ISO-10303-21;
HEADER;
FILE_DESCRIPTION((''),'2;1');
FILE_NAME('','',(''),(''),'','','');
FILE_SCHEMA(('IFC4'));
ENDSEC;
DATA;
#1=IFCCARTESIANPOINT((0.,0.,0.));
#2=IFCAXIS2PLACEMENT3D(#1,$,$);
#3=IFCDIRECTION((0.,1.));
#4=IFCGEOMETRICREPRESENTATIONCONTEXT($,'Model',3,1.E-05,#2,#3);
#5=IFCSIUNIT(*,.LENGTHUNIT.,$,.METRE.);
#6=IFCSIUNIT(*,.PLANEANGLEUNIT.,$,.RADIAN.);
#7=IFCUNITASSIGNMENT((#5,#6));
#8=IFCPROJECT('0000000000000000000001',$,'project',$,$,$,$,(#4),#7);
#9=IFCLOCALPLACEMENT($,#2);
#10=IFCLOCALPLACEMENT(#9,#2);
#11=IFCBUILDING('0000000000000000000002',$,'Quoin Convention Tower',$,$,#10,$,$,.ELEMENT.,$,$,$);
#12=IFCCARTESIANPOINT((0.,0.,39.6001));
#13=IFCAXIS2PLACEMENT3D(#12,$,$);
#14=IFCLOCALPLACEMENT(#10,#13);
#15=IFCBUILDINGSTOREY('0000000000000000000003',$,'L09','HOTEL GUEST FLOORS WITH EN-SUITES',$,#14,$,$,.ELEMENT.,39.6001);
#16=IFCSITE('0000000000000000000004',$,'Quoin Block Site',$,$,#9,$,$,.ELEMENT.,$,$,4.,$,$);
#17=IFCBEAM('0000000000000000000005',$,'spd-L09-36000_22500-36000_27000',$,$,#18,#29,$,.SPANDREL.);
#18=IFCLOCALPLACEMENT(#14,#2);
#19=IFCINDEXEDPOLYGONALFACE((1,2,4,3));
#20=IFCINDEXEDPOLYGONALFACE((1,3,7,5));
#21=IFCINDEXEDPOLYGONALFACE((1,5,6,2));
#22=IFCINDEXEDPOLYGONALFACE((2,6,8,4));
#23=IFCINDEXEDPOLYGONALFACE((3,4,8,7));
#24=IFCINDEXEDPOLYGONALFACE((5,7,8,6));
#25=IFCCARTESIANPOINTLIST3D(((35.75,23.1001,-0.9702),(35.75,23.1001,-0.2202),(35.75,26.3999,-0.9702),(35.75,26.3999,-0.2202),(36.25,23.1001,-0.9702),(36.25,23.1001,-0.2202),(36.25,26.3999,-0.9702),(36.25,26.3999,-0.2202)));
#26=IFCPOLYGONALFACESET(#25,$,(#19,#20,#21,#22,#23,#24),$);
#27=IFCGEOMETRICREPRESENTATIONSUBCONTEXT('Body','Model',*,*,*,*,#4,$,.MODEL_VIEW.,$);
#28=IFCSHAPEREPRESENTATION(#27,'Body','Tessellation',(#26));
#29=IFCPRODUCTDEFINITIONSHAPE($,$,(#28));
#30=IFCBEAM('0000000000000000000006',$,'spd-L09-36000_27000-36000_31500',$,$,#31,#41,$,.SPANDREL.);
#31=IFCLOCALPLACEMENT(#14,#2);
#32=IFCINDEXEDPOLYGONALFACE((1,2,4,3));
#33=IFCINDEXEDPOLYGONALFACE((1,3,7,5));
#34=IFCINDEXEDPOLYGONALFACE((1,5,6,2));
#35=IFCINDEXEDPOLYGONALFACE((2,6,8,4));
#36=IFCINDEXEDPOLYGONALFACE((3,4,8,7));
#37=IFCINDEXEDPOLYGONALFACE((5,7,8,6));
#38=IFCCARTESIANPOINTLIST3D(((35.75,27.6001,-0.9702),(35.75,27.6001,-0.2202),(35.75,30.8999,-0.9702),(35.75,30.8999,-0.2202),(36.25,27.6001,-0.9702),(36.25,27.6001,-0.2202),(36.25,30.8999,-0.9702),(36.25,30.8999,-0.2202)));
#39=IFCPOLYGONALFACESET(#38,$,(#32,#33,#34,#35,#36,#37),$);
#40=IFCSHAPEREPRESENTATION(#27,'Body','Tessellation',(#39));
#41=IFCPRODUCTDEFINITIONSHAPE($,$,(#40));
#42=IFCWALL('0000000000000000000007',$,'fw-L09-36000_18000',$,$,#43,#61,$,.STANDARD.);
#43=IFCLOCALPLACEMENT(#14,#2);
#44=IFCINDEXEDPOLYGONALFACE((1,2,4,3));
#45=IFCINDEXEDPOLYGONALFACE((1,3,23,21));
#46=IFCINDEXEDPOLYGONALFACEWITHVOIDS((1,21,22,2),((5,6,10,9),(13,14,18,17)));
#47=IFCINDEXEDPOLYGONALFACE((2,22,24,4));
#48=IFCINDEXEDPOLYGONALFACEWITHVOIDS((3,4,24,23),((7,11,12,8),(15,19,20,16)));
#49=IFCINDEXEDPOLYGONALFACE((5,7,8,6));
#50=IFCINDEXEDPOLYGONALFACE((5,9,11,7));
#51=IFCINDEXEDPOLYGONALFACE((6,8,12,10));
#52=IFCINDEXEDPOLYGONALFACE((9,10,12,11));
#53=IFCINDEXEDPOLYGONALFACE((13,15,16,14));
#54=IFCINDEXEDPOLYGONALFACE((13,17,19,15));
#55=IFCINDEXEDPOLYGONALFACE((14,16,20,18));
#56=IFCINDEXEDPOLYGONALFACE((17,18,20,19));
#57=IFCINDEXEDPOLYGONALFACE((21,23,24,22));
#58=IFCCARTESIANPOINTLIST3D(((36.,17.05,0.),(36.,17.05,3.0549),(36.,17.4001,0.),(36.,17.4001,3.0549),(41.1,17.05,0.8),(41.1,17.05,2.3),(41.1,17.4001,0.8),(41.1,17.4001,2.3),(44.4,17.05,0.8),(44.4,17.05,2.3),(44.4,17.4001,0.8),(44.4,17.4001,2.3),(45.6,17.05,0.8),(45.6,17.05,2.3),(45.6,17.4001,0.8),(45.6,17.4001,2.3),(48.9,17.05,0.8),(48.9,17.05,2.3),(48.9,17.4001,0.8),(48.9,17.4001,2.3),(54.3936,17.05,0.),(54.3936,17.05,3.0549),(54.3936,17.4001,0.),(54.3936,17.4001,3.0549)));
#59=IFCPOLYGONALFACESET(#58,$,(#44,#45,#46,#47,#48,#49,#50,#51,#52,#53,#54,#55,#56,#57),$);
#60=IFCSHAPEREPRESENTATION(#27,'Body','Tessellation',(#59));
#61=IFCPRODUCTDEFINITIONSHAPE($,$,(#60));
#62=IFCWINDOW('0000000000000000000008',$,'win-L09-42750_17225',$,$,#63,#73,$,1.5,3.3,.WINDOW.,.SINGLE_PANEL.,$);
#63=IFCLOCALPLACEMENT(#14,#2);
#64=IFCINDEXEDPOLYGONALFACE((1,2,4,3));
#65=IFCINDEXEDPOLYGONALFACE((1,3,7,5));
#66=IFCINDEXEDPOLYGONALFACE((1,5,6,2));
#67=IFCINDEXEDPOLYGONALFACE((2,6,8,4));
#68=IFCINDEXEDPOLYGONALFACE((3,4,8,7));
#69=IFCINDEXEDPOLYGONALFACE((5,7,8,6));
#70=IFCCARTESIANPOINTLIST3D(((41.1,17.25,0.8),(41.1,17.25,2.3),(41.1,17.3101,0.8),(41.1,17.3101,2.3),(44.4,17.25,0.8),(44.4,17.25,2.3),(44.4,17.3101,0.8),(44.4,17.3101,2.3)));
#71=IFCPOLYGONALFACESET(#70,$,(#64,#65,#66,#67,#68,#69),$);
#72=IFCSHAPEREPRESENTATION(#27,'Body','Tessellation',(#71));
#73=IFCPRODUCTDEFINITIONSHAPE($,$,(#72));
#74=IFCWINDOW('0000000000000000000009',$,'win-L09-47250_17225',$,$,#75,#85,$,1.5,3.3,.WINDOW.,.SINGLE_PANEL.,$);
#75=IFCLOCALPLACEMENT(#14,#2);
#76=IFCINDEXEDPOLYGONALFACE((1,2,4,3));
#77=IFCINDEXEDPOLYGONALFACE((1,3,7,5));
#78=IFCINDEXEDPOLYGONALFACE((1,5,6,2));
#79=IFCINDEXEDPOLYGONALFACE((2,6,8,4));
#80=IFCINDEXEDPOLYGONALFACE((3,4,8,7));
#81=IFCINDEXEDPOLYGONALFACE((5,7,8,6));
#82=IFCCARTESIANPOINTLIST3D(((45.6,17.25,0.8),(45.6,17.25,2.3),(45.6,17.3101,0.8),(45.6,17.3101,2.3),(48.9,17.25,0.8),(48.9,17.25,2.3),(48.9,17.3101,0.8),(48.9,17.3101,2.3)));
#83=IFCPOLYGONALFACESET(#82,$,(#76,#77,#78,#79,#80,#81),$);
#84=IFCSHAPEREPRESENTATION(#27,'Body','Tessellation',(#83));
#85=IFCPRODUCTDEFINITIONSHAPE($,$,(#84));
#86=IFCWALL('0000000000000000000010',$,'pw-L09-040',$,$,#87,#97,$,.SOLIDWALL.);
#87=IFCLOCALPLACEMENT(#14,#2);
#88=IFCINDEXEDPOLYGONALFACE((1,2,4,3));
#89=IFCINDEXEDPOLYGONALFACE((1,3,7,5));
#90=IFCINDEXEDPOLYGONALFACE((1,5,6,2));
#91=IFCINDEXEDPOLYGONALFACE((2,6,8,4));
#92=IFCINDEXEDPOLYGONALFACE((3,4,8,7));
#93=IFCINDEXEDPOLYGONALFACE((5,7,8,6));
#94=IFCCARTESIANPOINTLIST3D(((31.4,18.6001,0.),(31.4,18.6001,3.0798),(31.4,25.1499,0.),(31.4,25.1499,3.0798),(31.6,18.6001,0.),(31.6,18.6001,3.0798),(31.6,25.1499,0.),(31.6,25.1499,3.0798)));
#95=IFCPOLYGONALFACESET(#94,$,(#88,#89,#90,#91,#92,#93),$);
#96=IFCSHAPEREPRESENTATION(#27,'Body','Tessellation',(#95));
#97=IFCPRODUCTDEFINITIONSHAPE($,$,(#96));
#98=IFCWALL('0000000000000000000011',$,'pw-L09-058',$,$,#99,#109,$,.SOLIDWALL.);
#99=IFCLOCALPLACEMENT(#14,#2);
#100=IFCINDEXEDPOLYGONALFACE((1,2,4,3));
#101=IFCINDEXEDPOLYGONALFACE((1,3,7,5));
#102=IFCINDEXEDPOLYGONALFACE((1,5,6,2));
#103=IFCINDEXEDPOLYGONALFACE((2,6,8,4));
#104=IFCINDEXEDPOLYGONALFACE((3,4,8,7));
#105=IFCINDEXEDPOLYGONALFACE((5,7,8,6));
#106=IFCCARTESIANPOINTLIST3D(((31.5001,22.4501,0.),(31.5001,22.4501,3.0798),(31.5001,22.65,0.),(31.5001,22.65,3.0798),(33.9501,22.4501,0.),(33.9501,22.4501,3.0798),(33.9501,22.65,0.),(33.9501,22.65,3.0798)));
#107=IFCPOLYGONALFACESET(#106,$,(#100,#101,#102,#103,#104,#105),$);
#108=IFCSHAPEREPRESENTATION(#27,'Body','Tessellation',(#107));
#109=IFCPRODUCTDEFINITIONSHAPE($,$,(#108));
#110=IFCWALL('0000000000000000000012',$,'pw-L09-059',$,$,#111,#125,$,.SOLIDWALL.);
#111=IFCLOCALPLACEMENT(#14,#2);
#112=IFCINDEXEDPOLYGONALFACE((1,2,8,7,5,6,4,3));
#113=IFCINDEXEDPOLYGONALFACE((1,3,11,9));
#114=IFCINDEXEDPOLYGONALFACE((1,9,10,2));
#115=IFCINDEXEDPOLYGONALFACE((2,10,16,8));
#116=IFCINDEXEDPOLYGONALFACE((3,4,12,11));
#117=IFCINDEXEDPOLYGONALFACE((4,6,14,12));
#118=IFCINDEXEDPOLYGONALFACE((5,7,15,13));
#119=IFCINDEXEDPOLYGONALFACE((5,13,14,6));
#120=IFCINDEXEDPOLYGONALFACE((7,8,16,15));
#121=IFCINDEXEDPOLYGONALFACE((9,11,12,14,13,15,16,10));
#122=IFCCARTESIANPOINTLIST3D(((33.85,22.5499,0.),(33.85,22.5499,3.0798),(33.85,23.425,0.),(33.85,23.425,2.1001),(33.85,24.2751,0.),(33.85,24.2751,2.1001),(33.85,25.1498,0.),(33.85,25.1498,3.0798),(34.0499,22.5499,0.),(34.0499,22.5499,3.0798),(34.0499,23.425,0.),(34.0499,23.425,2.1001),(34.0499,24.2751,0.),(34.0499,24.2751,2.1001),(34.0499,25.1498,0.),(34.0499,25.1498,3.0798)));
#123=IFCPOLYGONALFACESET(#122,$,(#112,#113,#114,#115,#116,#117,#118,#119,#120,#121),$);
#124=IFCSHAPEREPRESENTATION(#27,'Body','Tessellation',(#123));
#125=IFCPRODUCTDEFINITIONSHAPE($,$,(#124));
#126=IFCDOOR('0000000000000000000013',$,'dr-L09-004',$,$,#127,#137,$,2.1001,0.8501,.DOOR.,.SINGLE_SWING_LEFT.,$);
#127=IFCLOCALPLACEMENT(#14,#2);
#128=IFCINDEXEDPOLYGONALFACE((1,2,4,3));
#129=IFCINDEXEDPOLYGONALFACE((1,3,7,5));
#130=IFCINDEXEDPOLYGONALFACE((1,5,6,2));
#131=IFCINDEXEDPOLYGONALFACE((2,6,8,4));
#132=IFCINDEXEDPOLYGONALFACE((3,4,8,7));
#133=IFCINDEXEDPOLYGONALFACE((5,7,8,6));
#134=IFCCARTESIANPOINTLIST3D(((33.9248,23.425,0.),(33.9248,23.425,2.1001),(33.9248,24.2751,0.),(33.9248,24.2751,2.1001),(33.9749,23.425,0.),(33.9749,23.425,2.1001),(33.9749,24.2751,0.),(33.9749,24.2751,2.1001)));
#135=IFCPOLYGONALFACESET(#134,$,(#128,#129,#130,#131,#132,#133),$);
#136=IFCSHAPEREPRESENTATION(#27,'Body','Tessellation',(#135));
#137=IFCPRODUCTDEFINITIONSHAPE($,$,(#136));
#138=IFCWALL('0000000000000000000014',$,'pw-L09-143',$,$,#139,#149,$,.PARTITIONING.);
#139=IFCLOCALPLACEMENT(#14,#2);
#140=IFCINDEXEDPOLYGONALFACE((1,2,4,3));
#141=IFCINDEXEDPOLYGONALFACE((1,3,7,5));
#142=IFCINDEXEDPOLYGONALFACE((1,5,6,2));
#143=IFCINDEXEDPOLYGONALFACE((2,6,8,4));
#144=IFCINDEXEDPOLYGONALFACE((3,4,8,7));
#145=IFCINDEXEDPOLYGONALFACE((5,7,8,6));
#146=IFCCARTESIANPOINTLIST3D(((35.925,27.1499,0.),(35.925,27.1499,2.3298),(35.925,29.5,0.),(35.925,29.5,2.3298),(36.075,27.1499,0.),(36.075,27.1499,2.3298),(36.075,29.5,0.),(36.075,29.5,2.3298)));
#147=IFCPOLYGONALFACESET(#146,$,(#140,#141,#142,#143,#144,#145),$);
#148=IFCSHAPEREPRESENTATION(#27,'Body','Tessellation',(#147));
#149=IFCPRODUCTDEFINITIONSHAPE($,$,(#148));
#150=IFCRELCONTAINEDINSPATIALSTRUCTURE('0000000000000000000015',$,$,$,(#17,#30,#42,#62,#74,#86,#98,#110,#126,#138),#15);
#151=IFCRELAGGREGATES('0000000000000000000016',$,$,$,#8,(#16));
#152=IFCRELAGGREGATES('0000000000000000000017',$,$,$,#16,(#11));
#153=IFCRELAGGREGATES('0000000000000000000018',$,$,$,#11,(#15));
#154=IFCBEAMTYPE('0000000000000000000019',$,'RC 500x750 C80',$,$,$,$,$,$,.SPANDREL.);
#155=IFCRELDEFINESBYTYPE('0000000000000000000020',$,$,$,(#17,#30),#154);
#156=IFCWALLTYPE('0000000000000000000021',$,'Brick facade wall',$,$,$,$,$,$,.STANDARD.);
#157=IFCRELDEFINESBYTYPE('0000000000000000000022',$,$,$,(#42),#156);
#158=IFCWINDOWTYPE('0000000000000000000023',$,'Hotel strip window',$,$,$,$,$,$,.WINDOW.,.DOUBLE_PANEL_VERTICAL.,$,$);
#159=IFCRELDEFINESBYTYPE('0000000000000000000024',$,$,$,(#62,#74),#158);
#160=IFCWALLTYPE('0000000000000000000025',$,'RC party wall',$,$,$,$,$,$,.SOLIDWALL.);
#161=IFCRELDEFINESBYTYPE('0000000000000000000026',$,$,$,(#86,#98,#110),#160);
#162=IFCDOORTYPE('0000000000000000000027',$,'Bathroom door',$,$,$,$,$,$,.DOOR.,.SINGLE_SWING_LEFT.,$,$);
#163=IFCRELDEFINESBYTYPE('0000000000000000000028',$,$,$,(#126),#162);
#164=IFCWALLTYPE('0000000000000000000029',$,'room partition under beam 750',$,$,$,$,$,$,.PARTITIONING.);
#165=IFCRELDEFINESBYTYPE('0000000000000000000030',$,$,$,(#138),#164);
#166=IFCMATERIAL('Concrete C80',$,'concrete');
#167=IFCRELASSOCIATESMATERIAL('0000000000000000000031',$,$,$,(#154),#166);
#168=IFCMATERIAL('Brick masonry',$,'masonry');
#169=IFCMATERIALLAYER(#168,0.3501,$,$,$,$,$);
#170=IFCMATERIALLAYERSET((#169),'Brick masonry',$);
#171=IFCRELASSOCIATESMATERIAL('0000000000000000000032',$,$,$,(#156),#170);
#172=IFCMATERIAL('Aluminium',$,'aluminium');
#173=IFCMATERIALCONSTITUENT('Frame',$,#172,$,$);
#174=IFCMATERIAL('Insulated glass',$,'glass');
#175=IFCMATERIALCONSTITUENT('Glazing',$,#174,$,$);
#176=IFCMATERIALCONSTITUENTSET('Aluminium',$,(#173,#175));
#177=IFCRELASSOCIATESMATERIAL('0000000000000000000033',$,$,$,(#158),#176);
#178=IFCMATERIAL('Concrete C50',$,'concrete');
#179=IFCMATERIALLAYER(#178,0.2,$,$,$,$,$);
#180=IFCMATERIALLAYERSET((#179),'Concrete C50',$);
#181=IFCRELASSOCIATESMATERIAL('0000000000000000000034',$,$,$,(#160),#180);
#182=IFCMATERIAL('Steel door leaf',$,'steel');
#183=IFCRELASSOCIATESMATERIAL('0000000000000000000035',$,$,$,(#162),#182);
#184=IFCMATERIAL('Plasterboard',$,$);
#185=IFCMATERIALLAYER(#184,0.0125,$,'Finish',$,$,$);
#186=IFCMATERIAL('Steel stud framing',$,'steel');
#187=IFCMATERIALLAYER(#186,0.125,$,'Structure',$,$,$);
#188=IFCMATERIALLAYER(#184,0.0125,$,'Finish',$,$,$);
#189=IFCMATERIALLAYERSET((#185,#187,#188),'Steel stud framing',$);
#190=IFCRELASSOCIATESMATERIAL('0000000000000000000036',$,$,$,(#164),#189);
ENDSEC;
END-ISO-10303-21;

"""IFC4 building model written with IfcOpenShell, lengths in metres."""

from ifc_helpers import new_model, si_unit, direction, frame, frame_2d, origin, origin_2d, place, context, subcontext, project, spatial, rectangle, extrude, material, layer, layer_set, constituent, constituent_set, material_profile, profile_set, type_object, element, fill, save


model = new_model("IFC4")

# Units and contexts
model_context = context("Model", 3, precision=1e-05, world=origin(), true_north=direction((0.0, 1.0)))
body_context = subcontext(model_context, "Body", "Model", "MODEL_VIEW")
ifc_project = project(units=[si_unit("LENGTHUNIT", "METRE"), si_unit("PLANEANGLEUNIT", "RADIAN")], contexts=[model_context])

# Site, building, storey
site_placement = place(None, origin())
site = spatial("IfcSite", under=ifc_project, at=site_placement, Name="Quoin Block Site", CompositionType="ELEMENT", RefElevation=4.0)
building_placement = place(site_placement, origin())
building = spatial("IfcBuilding", under=site, at=building_placement, Name="Quoin Convention Tower", CompositionType="ELEMENT")
storey_placement = place(building_placement, frame((0.0, 0.0, 39.6001)))
storey = spatial("IfcBuildingStorey", under=building, at=storey_placement, Name="L09", Description="HOTEL GUEST FLOORS WITH EN-SUITES", CompositionType="ELEMENT", Elevation=39.6001)

# Shared definitions
ifc_material_1 = material(Name="Concrete C80", Category="concrete")

# Beams
ifc_material_profile_1 = material_profile(ifc_material_1, rectangle(XDim=0.5, YDim=0.75, at=origin_2d()), Name="RC 500x750")
ifc_profile_set_1 = profile_set([ifc_material_profile_1], Name="Concrete C80")
beam_type = type_object("IfcBeamType", Name="RC 500x750 C80", PredefinedType="SPANDREL", material=ifc_profile_set_1)
for number, where, z_axis, x_axis, name in (
    (1, (36.0, 23.1001, -0.5952), (0.0, 1.0, 0.0), (-1.0, 0.0, 0.0), "spd-L09-36000_22500-36000_27000"),
    (2, (36.0, 27.6001, -0.5952), (0.0, 1.0, 0.0), (-1.0, 0.0, 0.0), "spd-L09-36000_27000-36000_31500"),
):
    element("IfcBeam", number, at=place(storey_placement, frame(where, z_axis=z_axis, x_axis=x_axis)), inside=storey, type_object=beam_type, Name=name, PredefinedType="SPANDREL", context=body_context, shape_type="SweptSolid", body=[
        extrude(rectangle(XDim=0.5, YDim=0.75, at=origin_2d()), origin(), (0.0, 0.0, 1.0), 3.2998),
    ])

# Wall, openings, windows
ifc_material_2 = material(Name="Brick masonry", Category="masonry")
ifc_layer_1 = layer(ifc_material_2, 0.3501)
ifc_layer_set_1 = layer_set([ifc_layer_1], Name="Brick masonry")
wall_type_1 = type_object("IfcWallType", Name="Brick facade wall", PredefinedType="STANDARD", material=ifc_layer_set_1)
wall_1_placement = place(storey_placement, frame((36.0, 17.2251, 0.0), z_axis=(0.0, 0.0, 1.0), x_axis=(1.0, 0.0, 0.0)))
wall_1 = element("IfcWall", 3, at=wall_1_placement, inside=storey, type_object=wall_type_1, Name="fw-L09-36000_18000", PredefinedType="STANDARD", context=body_context, shape_type="SweptSolid", body=[
    extrude(rectangle(XDim=18.3936, YDim=0.3501, at=frame_2d((9.1968, 0.0))), origin(), (0.0, 0.0, 1.0), 3.0549),
])
opening_1_placement = place(wall_1_placement, frame((5.1001, 0.0, 0.8)))
opening_1 = element("IfcOpeningElement", 4, at=opening_1_placement, cuts=wall_1, PredefinedType="OPENING", context=body_context, shape_type="SweptSolid", body=[
    extrude(rectangle(XDim=3.3, YDim=1.5, at=frame_2d((1.6499, 0.75))), frame((0.0, 0.1851, 0.0), z_axis=(0.0, -1.0, 0.0), x_axis=(1.0, 0.0, 0.0)), (0.0, 0.0, 1.0), 0.3701),
])
opening_2_placement = place(wall_1_placement, frame((9.6001, 0.0, 0.8)))
opening_2 = element("IfcOpeningElement", 5, at=opening_2_placement, cuts=wall_1, PredefinedType="OPENING", context=body_context, shape_type="SweptSolid", body=[
    extrude(rectangle(XDim=3.3, YDim=1.5, at=frame_2d((1.6499, 0.75))), frame((0.0, 0.1851, 0.0), z_axis=(0.0, -1.0, 0.0), x_axis=(1.0, 0.0, 0.0)), (0.0, 0.0, 1.0), 0.3701),
])
ifc_material_3 = material(Name="Aluminium", Category="aluminium")
ifc_constituent_1 = constituent(ifc_material_3, Name="Frame")
ifc_material_4 = material(Name="Insulated glass", Category="glass")
ifc_constituent_2 = constituent(ifc_material_4, Name="Glazing")
ifc_constituent_set = constituent_set(constituents=[ifc_constituent_1, ifc_constituent_2], Name="Aluminium")
window_type = type_object("IfcWindowType", Name="Hotel strip window", PartitioningType="DOUBLE_PANEL_VERTICAL", PredefinedType="WINDOW", material=ifc_constituent_set)
window_1_placement = place(opening_1_placement, origin())
window_1 = element("IfcWindow", 6, at=window_1_placement, inside=storey, type_object=window_type, Name="win-L09-42750_17225", OverallHeight=1.5, OverallWidth=3.3, PartitioningType="SINGLE_PANEL", PredefinedType="WINDOW", context=body_context, shape_type="SweptSolid", body=[
    extrude(rectangle(XDim=3.3, YDim=1.5, at=frame_2d((1.6499, 0.75))), frame((0.0, 0.085, 0.0), z_axis=(0.0, -1.0, 0.0), x_axis=(1.0, 0.0, 0.0)), (0.0, 0.0, 1.0), 0.0601),
])
fill(opening_1, window_1)
window_2_placement = place(opening_2_placement, origin())
window_2 = element("IfcWindow", 7, at=window_2_placement, inside=storey, type_object=window_type, Name="win-L09-47250_17225", OverallHeight=1.5, OverallWidth=3.3, PartitioningType="SINGLE_PANEL", PredefinedType="WINDOW", context=body_context, shape_type="SweptSolid", body=[
    extrude(rectangle(XDim=3.3, YDim=1.5, at=frame_2d((1.6499, 0.75))), frame((0.0, 0.085, 0.0), z_axis=(0.0, -1.0, 0.0), x_axis=(1.0, 0.0, 0.0)), (0.0, 0.0, 1.0), 0.0601),
])
fill(opening_2, window_2)

# Walls
ifc_material_5 = material(Name="Concrete C50", Category="concrete")
ifc_layer_2 = layer(ifc_material_5, 0.2)
ifc_layer_set_2 = layer_set([ifc_layer_2], Name="Concrete C50")
wall_type_2 = type_object("IfcWallType", Name="RC party wall", PredefinedType="SOLIDWALL", material=ifc_layer_set_2)
wall_2_placement = place(storey_placement, frame((31.5, 18.6001, 0.0), z_axis=(0.0, 0.0, 1.0), x_axis=(0.0, 1.0, 0.0)))
element("IfcWall", 8, at=wall_2_placement, inside=storey, type_object=wall_type_2, Name="pw-L09-040", PredefinedType="SOLIDWALL", context=body_context, shape_type="SweptSolid", body=[
    extrude(rectangle(XDim=6.5498, YDim=0.2, at=frame_2d((3.2749, 0.0))), origin(), (0.0, 0.0, 1.0), 3.0798),
])
wall_3_placement = place(storey_placement, frame((31.5, 22.55, 0.0), z_axis=(0.0, 0.0, 1.0), x_axis=(1.0, 0.0, 0.0)))
element("IfcWall", 9, at=wall_3_placement, inside=storey, type_object=wall_type_2, Name="pw-L09-058", PredefinedType="SOLIDWALL", context=body_context, shape_type="SweptSolid", body=[
    extrude(rectangle(XDim=2.45, YDim=0.2, at=frame_2d((1.2251, 0.0))), origin(), (0.0, 0.0, 1.0), 3.0798),
])

# Wall, opening, door
wall_4_placement = place(storey_placement, frame((33.95, 22.55, 0.0), z_axis=(0.0, 0.0, 1.0), x_axis=(0.0, 1.0, 0.0)))
wall_4 = element("IfcWall", 10, at=wall_4_placement, inside=storey, type_object=wall_type_2, Name="pw-L09-059", PredefinedType="SOLIDWALL", context=body_context, shape_type="SweptSolid", body=[
    extrude(rectangle(XDim=2.5999, YDim=0.2, at=frame_2d((1.2998, 0.0))), origin(), (0.0, 0.0, 1.0), 3.0798),
])
opening_3_placement = place(wall_4_placement, frame((0.875, 0.0, 0.0)))
opening_3 = element("IfcOpeningElement", 11, at=opening_3_placement, cuts=wall_4, PredefinedType="OPENING", context=body_context, shape_type="SweptSolid", body=[
    extrude(rectangle(XDim=0.8501, YDim=2.1001, at=frame_2d((0.425, 1.05))), frame((0.0, 0.1099, 0.0), z_axis=(0.0, -1.0, 0.0), x_axis=(1.0, 0.0, 0.0)), (0.0, 0.0, 1.0), 0.22),
])
ifc_material_6 = material(Name="Steel door leaf", Category="steel")
door_type = type_object("IfcDoorType", Name="Bathroom door", OperationType="SINGLE_SWING_LEFT", PredefinedType="DOOR", material=ifc_material_6)
door_placement = place(opening_3_placement, frame((0.8501, 0.0, 0.0), z_axis=(0.0, 0.0, 1.0), x_axis=(-1.0, 0.0, 0.0)))
door = element("IfcDoor", 12, at=door_placement, inside=storey, type_object=door_type, Name="dr-L09-004", OperationType="SINGLE_SWING_LEFT", OverallHeight=2.1001, OverallWidth=0.8501, PredefinedType="DOOR", context=body_context, shape_type="SweptSolid", body=[
    extrude(rectangle(XDim=0.8501, YDim=2.1001, at=frame_2d((0.425, 1.05))), frame((0.0, 0.0249, 0.0), z_axis=(0.0, -1.0, 0.0), x_axis=(1.0, 0.0, 0.0)), (0.0, 0.0, 1.0), 0.05),
])
fill(opening_3, door)

# Wall
ifc_material_7 = material(Name="Plasterboard")
ifc_layer_3 = layer(ifc_material_7, 0.0125, Name="Finish")
ifc_material_8 = material(Name="Steel stud framing", Category="steel")
ifc_layer_4 = layer(ifc_material_8, 0.125, Name="Structure")
ifc_layer_5 = layer(ifc_material_7, 0.0125, Name="Finish")
ifc_layer_set_3 = layer_set([ifc_layer_3, ifc_layer_4, ifc_layer_5], Name="Steel stud framing")
wall_type_3 = type_object("IfcWallType", Name="room partition under beam 750", PredefinedType="PARTITIONING", material=ifc_layer_set_3)
wall_5_placement = place(storey_placement, frame((36.0, 27.1499, 0.0), z_axis=(0.0, 0.0, 1.0), x_axis=(0.0, 1.0, 0.0)))
element("IfcWall", 13, at=wall_5_placement, inside=storey, type_object=wall_type_3, Name="pw-L09-143", PredefinedType="PARTITIONING", context=body_context, shape_type="SweptSolid", body=[
    extrude(rectangle(XDim=2.3501, YDim=0.1499, at=frame_2d((1.175, 0.0))), origin(), (0.0, 0.0, 1.0), 2.3298),
])

save(model, "model.ifc")
